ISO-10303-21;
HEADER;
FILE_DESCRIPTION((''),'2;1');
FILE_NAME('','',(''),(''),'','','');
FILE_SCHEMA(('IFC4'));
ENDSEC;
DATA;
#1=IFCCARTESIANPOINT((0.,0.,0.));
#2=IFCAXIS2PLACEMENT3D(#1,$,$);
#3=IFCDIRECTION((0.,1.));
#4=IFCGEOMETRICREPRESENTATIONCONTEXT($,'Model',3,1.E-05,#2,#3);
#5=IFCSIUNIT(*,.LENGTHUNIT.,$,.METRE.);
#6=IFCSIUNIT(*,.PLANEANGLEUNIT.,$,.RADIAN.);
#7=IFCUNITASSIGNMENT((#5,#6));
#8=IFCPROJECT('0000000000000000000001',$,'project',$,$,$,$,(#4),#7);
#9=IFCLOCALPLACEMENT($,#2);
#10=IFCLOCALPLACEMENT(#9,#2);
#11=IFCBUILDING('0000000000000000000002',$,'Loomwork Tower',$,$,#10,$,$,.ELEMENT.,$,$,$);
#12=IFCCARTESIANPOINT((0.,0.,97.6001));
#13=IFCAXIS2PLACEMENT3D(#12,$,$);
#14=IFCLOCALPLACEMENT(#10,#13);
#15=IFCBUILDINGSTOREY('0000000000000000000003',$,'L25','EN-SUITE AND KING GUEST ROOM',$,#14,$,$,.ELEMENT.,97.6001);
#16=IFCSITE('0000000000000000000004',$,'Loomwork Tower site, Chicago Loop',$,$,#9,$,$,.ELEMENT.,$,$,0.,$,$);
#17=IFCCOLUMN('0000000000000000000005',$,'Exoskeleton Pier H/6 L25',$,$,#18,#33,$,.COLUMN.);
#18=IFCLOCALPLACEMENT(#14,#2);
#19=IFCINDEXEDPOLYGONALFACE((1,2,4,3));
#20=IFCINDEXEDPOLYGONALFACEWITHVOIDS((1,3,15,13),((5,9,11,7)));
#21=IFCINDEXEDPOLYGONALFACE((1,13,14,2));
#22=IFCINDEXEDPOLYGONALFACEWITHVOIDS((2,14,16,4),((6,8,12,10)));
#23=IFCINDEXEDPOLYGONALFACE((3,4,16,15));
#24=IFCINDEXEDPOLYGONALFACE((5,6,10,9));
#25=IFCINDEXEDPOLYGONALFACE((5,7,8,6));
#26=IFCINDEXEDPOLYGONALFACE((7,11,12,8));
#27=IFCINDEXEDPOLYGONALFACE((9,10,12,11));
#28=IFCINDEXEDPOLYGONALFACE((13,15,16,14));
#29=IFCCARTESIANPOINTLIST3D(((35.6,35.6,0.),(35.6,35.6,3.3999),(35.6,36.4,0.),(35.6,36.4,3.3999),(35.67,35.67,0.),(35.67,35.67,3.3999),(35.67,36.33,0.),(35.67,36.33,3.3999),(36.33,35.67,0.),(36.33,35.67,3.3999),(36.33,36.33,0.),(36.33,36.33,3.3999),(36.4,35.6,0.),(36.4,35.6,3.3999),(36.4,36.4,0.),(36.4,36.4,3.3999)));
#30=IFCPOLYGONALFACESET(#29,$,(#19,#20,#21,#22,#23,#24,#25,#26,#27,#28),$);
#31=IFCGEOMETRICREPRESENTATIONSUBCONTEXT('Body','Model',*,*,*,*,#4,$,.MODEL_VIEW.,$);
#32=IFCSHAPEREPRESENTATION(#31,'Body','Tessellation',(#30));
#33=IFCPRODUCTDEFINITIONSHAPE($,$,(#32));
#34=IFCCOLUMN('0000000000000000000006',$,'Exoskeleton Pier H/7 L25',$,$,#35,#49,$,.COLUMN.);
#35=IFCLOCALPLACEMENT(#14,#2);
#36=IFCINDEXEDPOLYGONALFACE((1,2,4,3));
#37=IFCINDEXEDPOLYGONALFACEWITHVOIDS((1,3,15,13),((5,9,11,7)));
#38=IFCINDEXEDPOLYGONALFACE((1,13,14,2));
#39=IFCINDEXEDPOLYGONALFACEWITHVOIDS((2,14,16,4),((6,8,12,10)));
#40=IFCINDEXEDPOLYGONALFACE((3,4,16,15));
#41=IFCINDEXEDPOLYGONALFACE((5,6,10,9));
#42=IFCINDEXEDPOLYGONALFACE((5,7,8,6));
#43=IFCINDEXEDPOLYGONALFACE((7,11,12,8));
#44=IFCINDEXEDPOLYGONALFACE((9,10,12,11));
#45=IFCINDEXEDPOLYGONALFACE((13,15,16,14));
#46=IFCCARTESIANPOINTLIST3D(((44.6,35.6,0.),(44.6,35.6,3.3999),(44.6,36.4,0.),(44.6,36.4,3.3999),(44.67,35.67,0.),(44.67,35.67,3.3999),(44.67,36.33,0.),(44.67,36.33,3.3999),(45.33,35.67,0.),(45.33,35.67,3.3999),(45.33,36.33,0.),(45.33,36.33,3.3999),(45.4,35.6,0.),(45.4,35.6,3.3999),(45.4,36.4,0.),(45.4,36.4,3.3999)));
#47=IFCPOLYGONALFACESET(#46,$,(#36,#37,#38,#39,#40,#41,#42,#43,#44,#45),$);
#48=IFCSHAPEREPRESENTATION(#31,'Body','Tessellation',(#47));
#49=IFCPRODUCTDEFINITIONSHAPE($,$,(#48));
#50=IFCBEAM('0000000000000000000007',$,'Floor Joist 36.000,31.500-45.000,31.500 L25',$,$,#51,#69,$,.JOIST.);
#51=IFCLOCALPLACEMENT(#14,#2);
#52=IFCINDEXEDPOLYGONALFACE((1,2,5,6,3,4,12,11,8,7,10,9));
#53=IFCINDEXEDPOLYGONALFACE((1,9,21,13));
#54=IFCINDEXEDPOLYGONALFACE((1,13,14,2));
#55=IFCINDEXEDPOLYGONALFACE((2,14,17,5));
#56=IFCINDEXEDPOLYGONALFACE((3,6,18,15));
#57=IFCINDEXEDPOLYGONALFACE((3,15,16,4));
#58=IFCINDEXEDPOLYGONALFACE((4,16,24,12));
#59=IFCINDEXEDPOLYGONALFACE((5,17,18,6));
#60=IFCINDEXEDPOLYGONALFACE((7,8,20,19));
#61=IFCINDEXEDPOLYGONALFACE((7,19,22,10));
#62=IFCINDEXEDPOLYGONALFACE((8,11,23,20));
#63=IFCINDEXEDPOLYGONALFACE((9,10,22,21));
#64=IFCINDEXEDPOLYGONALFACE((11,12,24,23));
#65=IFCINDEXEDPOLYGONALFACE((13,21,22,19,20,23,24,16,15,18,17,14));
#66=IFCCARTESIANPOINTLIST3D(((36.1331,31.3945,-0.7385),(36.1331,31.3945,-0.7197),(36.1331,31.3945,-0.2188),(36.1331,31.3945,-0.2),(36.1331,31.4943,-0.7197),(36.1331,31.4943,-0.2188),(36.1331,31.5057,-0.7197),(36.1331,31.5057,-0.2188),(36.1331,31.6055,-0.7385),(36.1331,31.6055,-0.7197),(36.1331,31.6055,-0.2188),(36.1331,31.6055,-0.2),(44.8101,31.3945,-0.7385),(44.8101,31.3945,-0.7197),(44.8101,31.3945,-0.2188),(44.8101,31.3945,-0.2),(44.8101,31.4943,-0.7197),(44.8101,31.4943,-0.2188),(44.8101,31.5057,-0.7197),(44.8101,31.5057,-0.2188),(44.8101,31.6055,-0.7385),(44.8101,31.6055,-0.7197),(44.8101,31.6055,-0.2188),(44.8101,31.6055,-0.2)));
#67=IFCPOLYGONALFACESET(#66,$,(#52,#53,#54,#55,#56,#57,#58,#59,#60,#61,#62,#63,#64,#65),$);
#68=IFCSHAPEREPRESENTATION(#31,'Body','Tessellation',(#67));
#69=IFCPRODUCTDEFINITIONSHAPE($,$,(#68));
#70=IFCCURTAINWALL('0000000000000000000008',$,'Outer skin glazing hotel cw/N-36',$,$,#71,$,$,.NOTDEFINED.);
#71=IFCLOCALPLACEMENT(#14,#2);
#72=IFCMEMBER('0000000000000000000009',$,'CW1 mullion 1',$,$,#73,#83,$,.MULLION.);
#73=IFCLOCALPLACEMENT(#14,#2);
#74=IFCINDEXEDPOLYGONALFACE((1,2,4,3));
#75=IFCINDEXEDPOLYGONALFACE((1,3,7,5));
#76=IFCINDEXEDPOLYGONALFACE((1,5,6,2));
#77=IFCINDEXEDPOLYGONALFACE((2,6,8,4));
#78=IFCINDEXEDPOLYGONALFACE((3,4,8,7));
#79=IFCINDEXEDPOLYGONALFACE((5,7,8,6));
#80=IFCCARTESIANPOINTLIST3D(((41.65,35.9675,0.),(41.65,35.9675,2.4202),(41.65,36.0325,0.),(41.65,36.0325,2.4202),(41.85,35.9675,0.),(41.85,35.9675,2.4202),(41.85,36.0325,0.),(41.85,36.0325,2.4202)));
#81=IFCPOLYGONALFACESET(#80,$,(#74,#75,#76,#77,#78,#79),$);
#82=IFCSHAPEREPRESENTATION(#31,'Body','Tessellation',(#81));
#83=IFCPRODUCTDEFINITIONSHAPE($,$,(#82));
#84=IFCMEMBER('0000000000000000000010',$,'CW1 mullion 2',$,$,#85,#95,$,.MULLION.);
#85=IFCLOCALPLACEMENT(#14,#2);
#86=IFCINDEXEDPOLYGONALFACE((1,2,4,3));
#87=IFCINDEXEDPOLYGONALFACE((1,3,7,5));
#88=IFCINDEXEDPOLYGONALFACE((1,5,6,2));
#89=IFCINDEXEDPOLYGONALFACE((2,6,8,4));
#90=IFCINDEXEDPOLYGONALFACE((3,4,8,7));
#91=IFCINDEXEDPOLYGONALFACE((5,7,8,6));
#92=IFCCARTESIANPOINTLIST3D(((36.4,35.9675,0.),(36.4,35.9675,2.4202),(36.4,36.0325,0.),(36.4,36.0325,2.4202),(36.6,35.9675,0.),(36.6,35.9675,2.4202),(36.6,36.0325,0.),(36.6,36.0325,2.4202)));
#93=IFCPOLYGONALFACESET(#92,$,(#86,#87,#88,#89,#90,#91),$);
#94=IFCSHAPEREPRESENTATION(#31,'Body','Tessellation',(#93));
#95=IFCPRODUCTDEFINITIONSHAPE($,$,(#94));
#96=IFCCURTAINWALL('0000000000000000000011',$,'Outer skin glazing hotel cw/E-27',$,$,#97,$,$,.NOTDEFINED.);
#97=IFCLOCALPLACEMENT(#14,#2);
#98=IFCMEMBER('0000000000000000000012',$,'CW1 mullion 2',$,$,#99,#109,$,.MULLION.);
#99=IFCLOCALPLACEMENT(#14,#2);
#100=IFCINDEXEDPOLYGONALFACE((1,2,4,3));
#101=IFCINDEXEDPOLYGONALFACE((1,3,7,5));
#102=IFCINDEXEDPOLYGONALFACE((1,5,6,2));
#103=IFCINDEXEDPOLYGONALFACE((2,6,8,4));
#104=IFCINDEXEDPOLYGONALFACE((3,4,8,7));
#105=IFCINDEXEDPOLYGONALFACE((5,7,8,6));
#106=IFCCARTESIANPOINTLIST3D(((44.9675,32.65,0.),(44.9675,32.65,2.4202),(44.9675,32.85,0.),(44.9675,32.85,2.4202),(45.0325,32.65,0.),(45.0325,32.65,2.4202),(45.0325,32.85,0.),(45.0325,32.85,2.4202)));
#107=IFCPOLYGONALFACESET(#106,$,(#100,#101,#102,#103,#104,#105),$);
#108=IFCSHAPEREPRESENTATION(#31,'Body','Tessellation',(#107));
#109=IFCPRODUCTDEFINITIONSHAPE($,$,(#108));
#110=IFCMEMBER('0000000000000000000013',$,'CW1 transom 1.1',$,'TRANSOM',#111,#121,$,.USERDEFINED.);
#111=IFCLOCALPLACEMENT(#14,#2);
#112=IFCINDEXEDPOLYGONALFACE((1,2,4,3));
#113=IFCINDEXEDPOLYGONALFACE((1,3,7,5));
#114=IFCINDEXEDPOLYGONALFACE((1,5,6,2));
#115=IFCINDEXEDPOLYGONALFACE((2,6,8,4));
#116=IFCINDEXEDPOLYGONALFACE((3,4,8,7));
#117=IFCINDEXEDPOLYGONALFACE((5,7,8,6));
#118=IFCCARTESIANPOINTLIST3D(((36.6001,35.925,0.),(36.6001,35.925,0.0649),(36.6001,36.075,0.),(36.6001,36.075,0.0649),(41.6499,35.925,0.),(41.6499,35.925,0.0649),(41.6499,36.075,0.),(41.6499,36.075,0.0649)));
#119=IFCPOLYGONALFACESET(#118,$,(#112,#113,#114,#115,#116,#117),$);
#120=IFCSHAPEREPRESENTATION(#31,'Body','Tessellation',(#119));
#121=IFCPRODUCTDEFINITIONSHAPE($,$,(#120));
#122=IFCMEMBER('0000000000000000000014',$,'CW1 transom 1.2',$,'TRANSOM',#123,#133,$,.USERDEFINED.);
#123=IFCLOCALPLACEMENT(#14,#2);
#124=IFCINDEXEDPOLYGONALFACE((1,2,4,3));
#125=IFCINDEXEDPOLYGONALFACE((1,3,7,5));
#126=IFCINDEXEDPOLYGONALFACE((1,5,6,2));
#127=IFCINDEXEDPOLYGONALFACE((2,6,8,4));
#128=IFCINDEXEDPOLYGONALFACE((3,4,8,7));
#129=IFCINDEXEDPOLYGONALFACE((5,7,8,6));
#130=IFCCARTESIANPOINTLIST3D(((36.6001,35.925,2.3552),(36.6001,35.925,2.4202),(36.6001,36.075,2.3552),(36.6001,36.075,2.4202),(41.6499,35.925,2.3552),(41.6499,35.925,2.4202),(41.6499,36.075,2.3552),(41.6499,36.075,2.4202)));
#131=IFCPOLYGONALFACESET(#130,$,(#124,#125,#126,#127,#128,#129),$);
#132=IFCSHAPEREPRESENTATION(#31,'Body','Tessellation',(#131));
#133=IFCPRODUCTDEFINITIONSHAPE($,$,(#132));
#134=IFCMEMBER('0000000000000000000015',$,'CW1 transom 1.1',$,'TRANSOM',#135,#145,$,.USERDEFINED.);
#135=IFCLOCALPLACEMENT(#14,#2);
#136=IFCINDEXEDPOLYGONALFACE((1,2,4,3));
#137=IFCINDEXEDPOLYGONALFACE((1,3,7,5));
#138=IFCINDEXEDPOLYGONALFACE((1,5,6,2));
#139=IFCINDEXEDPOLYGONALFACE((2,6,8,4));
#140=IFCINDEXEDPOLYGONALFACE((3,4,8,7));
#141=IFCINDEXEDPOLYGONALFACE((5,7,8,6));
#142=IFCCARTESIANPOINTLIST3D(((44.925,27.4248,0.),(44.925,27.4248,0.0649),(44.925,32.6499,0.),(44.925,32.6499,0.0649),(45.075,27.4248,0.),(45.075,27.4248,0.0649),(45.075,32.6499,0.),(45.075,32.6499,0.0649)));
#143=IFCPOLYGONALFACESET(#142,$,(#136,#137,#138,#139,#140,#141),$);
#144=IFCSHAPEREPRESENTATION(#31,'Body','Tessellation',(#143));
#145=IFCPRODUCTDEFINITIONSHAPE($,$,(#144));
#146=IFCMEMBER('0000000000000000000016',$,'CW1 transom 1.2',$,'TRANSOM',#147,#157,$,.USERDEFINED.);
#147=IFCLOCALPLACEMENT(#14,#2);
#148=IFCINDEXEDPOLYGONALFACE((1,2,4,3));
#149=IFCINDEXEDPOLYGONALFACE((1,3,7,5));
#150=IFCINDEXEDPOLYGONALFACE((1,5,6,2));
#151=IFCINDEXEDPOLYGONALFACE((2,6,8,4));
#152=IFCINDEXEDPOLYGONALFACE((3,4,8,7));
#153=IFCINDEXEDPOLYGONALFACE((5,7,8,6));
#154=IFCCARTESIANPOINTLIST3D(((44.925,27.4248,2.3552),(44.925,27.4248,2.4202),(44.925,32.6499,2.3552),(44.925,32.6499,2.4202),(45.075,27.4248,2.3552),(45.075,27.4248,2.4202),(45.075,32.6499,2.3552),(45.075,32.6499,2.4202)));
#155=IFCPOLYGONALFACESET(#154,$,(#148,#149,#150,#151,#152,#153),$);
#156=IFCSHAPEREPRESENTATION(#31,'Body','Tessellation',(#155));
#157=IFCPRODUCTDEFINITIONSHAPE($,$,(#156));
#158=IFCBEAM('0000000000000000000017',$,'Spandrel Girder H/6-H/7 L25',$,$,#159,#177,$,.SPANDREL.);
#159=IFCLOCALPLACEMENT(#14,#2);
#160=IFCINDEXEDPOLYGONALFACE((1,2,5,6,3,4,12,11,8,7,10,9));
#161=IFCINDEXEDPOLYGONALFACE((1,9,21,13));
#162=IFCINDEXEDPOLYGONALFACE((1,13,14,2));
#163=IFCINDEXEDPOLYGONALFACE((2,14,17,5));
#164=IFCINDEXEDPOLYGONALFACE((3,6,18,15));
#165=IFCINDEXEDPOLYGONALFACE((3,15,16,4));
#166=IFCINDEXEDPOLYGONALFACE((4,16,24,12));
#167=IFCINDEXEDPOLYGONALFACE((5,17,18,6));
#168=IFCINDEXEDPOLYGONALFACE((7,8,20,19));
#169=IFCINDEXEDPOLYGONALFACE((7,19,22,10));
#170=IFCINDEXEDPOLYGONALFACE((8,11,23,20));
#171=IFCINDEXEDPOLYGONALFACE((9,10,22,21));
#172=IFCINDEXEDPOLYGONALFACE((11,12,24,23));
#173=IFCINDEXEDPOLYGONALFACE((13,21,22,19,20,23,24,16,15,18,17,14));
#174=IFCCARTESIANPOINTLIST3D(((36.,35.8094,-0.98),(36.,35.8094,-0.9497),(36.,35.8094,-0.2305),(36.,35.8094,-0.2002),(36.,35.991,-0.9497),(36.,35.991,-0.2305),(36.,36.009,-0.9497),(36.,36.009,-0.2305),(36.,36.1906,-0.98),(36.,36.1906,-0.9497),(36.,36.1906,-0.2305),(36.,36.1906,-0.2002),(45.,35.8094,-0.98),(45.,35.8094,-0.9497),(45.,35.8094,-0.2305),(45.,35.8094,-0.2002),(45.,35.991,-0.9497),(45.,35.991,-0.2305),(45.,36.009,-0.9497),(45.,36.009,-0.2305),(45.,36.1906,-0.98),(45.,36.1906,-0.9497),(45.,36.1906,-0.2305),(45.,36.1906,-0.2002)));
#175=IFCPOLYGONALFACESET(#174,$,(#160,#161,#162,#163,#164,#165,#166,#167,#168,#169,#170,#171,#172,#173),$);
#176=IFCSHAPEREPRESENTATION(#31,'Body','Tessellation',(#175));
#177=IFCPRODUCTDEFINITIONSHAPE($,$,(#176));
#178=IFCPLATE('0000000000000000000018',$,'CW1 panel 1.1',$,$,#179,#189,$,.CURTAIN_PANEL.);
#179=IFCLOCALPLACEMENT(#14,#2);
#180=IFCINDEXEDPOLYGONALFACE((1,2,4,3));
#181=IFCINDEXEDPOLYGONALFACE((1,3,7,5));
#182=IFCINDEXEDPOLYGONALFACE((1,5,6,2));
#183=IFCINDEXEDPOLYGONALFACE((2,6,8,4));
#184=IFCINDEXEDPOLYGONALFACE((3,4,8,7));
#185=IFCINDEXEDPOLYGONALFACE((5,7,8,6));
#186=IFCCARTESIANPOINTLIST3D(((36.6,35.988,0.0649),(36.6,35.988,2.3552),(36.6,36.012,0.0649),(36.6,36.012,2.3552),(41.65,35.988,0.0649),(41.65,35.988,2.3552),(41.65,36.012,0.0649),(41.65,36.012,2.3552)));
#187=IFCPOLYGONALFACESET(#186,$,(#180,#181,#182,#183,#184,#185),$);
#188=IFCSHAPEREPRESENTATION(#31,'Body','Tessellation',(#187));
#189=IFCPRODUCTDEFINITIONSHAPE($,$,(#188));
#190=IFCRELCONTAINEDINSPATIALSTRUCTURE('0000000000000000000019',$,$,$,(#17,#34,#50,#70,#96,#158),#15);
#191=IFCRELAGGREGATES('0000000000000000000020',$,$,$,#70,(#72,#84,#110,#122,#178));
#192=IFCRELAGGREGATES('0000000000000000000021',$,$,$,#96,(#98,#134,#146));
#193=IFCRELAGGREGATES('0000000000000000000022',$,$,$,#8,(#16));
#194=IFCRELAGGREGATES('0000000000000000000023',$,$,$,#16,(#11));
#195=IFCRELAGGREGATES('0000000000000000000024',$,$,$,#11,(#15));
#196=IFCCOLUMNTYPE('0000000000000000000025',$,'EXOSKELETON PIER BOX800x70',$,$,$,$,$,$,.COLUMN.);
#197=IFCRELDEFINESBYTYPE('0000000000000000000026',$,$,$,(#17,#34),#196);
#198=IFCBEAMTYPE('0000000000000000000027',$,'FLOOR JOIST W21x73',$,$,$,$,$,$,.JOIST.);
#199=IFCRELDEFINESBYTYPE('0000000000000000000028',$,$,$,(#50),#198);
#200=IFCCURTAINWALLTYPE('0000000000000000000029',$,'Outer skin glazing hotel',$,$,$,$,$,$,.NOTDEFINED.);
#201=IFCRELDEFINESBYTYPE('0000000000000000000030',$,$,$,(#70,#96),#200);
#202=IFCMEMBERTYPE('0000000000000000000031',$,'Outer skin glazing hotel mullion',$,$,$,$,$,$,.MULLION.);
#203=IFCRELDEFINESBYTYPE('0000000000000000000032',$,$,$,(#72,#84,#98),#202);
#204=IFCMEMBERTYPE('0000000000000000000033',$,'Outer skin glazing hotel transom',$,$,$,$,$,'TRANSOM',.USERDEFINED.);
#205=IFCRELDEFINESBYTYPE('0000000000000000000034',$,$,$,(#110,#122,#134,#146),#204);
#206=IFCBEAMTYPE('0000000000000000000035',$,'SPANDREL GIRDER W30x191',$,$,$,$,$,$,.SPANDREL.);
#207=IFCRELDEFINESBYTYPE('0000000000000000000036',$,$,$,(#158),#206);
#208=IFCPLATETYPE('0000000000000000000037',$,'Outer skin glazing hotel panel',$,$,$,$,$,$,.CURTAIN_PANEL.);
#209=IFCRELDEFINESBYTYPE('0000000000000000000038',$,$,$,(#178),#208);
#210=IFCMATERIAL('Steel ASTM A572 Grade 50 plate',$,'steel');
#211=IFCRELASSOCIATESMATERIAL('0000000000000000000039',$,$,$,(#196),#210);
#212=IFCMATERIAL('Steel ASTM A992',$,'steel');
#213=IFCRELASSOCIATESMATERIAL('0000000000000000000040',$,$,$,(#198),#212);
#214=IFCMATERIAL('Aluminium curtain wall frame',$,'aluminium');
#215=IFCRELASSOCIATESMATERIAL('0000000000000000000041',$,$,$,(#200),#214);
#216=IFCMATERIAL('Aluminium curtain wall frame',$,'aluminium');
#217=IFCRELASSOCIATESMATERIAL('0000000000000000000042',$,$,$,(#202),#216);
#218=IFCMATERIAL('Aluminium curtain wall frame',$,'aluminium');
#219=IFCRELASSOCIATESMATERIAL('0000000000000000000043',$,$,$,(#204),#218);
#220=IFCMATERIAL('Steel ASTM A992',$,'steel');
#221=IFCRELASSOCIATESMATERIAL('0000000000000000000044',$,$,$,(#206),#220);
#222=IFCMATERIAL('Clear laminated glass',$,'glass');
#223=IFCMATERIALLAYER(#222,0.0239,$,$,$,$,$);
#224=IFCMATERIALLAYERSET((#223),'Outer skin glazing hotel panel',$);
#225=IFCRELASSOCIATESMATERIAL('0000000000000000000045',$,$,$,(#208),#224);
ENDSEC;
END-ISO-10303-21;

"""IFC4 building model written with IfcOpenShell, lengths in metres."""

from ifc_helpers import new_model, si_unit, direction, frame, origin, origin_2d, place, context, subcontext, project, spatial, rectangle, hollow_rectangle, i_section, extrude, material, layer, layer_set, material_profile, profile_set, type_object, element, aggregate, save


model = new_model("IFC4")

# Units and contexts
model_context = context("Model", 3, precision=1e-05, world=origin(), true_north=direction((0.0, 1.0)))
body_context = subcontext(model_context, "Body", "Model", "MODEL_VIEW")
ifc_project = project(units=[si_unit("LENGTHUNIT", "METRE"), si_unit("PLANEANGLEUNIT", "RADIAN")], contexts=[model_context])

# Site, building, storey
site_placement = place(None, origin())
site = spatial("IfcSite", under=ifc_project, at=site_placement, Name="Loomwork Tower site, Chicago Loop", CompositionType="ELEMENT", RefElevation=0.0)
building_placement = place(site_placement, origin())
building = spatial("IfcBuilding", under=site, at=building_placement, Name="Loomwork Tower", CompositionType="ELEMENT")
storey_placement = place(building_placement, frame((0.0, 0.0, 97.6001)))
storey = spatial("IfcBuildingStorey", under=building, at=storey_placement, Name="L25", Description="EN-SUITE AND KING GUEST ROOM", CompositionType="ELEMENT", Elevation=97.6001)

# Columns
ifc_material_1 = material(Name="Steel ASTM A572 Grade 50 plate", Category="steel")
ifc_material_profile_1 = material_profile(ifc_material_1, hollow_rectangle(XDim=0.8, YDim=0.8, WallThickness=0.0701, at=origin_2d()), Name="BOX800x70")
ifc_profile_set_1 = profile_set([ifc_material_profile_1], Name="Steel ASTM A572 Grade 50 plate")
column_type = type_object("IfcColumnType", Name="EXOSKELETON PIER BOX800x70", PredefinedType="COLUMN", material=ifc_profile_set_1)
for number, where, z_axis, x_axis, name in (
    (1, (36.0, 36.0, 0.0), (0.0, 0.0, 1.0), (1.0, 0.0, 0.0), "Exoskeleton Pier H/6 L25"),
    (2, (45.0, 36.0, 0.0), (0.0, 0.0, 1.0), (1.0, 0.0, 0.0), "Exoskeleton Pier H/7 L25"),
):
    element("IfcColumn", number, at=place(storey_placement, frame(where, z_axis=z_axis, x_axis=x_axis)), inside=storey, type_object=column_type, Name=name, PredefinedType="COLUMN", context=body_context, shape_type="SweptSolid", body=[
        extrude(hollow_rectangle(XDim=0.8, YDim=0.8, WallThickness=0.0701, at=origin_2d()), origin(), (0.0, 0.0, 1.0), 3.3999),
    ])

# Beam
ifc_material_2 = material(Name="Steel ASTM A992", Category="steel")
ifc_material_profile_2 = material_profile(ifc_material_2, i_section(OverallWidth=0.2109, OverallDepth=0.5386, WebThickness=0.0115, FlangeThickness=0.0188, at=origin_2d()), Name="W21x73")
ifc_profile_set_2 = profile_set([ifc_material_profile_2], Name="Steel ASTM A992")
beam_type_1 = type_object("IfcBeamType", Name="FLOOR JOIST W21x73", PredefinedType="JOIST", material=ifc_profile_set_2)
beam_1_placement = place(storey_placement, frame((36.1331, 31.5, -0.4692), z_axis=(1.0, 0.0, 0.0), x_axis=(0.0, 1.0, 0.0)))
element("IfcBeam", 3, at=beam_1_placement, inside=storey, type_object=beam_type_1, Name="Floor Joist 36.000,31.500-45.000,31.500 L25", PredefinedType="JOIST", context=body_context, shape_type="SweptSolid", body=[
    extrude(i_section(OverallWidth=0.2109, OverallDepth=0.5386, WebThickness=0.0115, FlangeThickness=0.0188, at=origin_2d()), origin(), (0.0, 0.0, 1.0), 8.677),
])

# Curtain wall, members
ifc_material_3 = material(Name="Aluminium curtain wall frame", Category="aluminium")
curtain_wall_type = type_object("IfcCurtainWallType", Name="Outer skin glazing hotel", PredefinedType="NOTDEFINED", material=ifc_material_3)
curtain_wall_1_placement = place(storey_placement, origin())
curtain_wall_1 = element("IfcCurtainWall", 4, at=curtain_wall_1_placement, inside=storey, type_object=curtain_wall_type, Name="Outer skin glazing hotel cw/N-36", PredefinedType="NOTDEFINED")
ifc_material_4 = material(Name="Aluminium curtain wall frame", Category="aluminium")
ifc_material_profile_3 = material_profile(ifc_material_4, rectangle(XDim=0.0649, YDim=0.2, at=origin_2d()), Name="AL 65x200")
ifc_profile_set_3 = profile_set([ifc_material_profile_3], Name="Aluminium curtain wall frame")
member_type_1 = type_object("IfcMemberType", Name="Outer skin glazing hotel mullion", PredefinedType="MULLION", material=ifc_profile_set_3)
member_1_placement = place(storey_placement, frame((41.75, 36.0, 0.0), z_axis=(0.0, 0.0, 1.0), x_axis=(0.0, -1.0, 0.0)))
member_1 = element("IfcMember", 5, at=member_1_placement, type_object=member_type_1, Name="CW1 mullion 1", PredefinedType="MULLION", context=body_context, shape_type="SweptSolid", body=[
    extrude(rectangle(XDim=0.0649, YDim=0.2, at=origin_2d()), origin(), (0.0, 0.0, 1.0), 2.4202),
])
member_2_placement = place(storey_placement, frame((36.5, 36.0, 0.0), z_axis=(0.0, 0.0, 1.0), x_axis=(0.0, -1.0, 0.0)))
member_2 = element("IfcMember", 6, at=member_2_placement, type_object=member_type_1, Name="CW1 mullion 2", PredefinedType="MULLION", context=body_context, shape_type="SweptSolid", body=[
    extrude(rectangle(XDim=0.0649, YDim=0.2, at=origin_2d()), origin(), (0.0, 0.0, 1.0), 2.4202),
])

# Curtain wall, member
curtain_wall_2_placement = place(storey_placement, origin())
curtain_wall_2 = element("IfcCurtainWall", 7, at=curtain_wall_2_placement, inside=storey, type_object=curtain_wall_type, Name="Outer skin glazing hotel cw/E-27", PredefinedType="NOTDEFINED")
member_3_placement = place(storey_placement, frame((45.0, 32.75, 0.0), z_axis=(0.0, 0.0, 1.0), x_axis=(-1.0, 0.0, 0.0)))
member_3 = element("IfcMember", 8, at=member_3_placement, type_object=member_type_1, Name="CW1 mullion 2", PredefinedType="MULLION", context=body_context, shape_type="SweptSolid", body=[
    extrude(rectangle(XDim=0.0649, YDim=0.2, at=origin_2d()), origin(), (0.0, 0.0, 1.0), 2.4202),
])

# Members
ifc_material_5 = material(Name="Aluminium curtain wall frame", Category="aluminium")
ifc_material_profile_4 = material_profile(ifc_material_5, rectangle(XDim=0.1499, YDim=0.0649, at=origin_2d()), Name="AL 65x150")
ifc_profile_set_4 = profile_set([ifc_material_profile_4], Name="Aluminium curtain wall frame")
member_type_2 = type_object("IfcMemberType", Name="Outer skin glazing hotel transom", ElementType="TRANSOM", PredefinedType="USERDEFINED", material=ifc_profile_set_4)
member_4_placement = place(storey_placement, frame((41.6499, 36.0, 0.0325), z_axis=(-1.0, 0.0, 0.0), x_axis=(0.0, -1.0, 0.0)))
member_4 = element("IfcMember", 9, at=member_4_placement, type_object=member_type_2, Name="CW1 transom 1.1", ObjectType="TRANSOM", PredefinedType="USERDEFINED", context=body_context, shape_type="SweptSolid", body=[
    extrude(rectangle(XDim=0.1499, YDim=0.0649, at=origin_2d()), origin(), (0.0, 0.0, 1.0), 5.0498),
])
member_5_placement = place(storey_placement, frame((41.6499, 36.0, 2.3877), z_axis=(-1.0, 0.0, 0.0), x_axis=(0.0, -1.0, 0.0)))
member_5 = element("IfcMember", 10, at=member_5_placement, type_object=member_type_2, Name="CW1 transom 1.2", ObjectType="TRANSOM", PredefinedType="USERDEFINED", context=body_context, shape_type="SweptSolid", body=[
    extrude(rectangle(XDim=0.1499, YDim=0.0649, at=origin_2d()), origin(), (0.0, 0.0, 1.0), 5.0498),
])
member_6_placement = place(storey_placement, frame((45.0, 27.4248, 0.0325), z_axis=(0.0, 1.0, 0.0), x_axis=(-1.0, 0.0, 0.0)))
member_6 = element("IfcMember", 11, at=member_6_placement, type_object=member_type_2, Name="CW1 transom 1.1", ObjectType="TRANSOM", PredefinedType="USERDEFINED", context=body_context, shape_type="SweptSolid", body=[
    extrude(rectangle(XDim=0.1499, YDim=0.0649, at=origin_2d()), origin(), (0.0, 0.0, 1.0), 5.2251),
])
member_7_placement = place(storey_placement, frame((45.0, 27.4248, 2.3877), z_axis=(0.0, 1.0, 0.0), x_axis=(-1.0, 0.0, 0.0)))
member_7 = element("IfcMember", 12, at=member_7_placement, type_object=member_type_2, Name="CW1 transom 1.2", ObjectType="TRANSOM", PredefinedType="USERDEFINED", context=body_context, shape_type="SweptSolid", body=[
    extrude(rectangle(XDim=0.1499, YDim=0.0649, at=origin_2d()), origin(), (0.0, 0.0, 1.0), 5.2251),
])

# Beam
ifc_material_6 = material(Name="Steel ASTM A992", Category="steel")
ifc_material_profile_5 = material_profile(ifc_material_6, i_section(OverallWidth=0.3811, OverallDepth=0.7798, WebThickness=0.0181, FlangeThickness=0.0303, at=origin_2d()), Name="W30x191")
ifc_profile_set_5 = profile_set([ifc_material_profile_5], Name="Steel ASTM A992")
beam_type_2 = type_object("IfcBeamType", Name="SPANDREL GIRDER W30x191", PredefinedType="SPANDREL", material=ifc_profile_set_5)
beam_2_placement = place(storey_placement, frame((36.0, 36.0, -0.5901), z_axis=(1.0, 0.0, 0.0), x_axis=(0.0, 1.0, 0.0)))
element("IfcBeam", 13, at=beam_2_placement, inside=storey, type_object=beam_type_2, Name="Spandrel Girder H/6-H/7 L25", PredefinedType="SPANDREL", context=body_context, shape_type="SweptSolid", body=[
    extrude(i_section(OverallWidth=0.3811, OverallDepth=0.7798, WebThickness=0.0181, FlangeThickness=0.0303, at=origin_2d()), origin(), (0.0, 0.0, 1.0), 9.0),
])

# Plate
ifc_material_7 = material(Name="Clear laminated glass", Category="glass")
ifc_layer_1 = layer(ifc_material_7, 0.0239)
ifc_layer_set_1 = layer_set([ifc_layer_1], Name="Outer skin glazing hotel panel")
plate_type = type_object("IfcPlateType", Name="Outer skin glazing hotel panel", PredefinedType="CURTAIN_PANEL", material=ifc_layer_set_1)
plate_1_placement = place(storey_placement, frame((39.125, 36.0, 0.0649), z_axis=(0.0, 0.0, 1.0), x_axis=(-1.0, 0.0, 0.0)))
plate_1 = element("IfcPlate", 14, at=plate_1_placement, type_object=plate_type, Name="CW1 panel 1.1", PredefinedType="CURTAIN_PANEL", context=body_context, shape_type="SweptSolid", body=[
    extrude(rectangle(XDim=5.05, YDim=0.0239, at=origin_2d()), origin(), (0.0, 0.0, 1.0), 2.2903),
])
aggregate(curtain_wall_1, [member_1, member_2, member_4, member_5, plate_1])
aggregate(curtain_wall_2, [member_3, member_6, member_7])

save(model, "model.ifc")
